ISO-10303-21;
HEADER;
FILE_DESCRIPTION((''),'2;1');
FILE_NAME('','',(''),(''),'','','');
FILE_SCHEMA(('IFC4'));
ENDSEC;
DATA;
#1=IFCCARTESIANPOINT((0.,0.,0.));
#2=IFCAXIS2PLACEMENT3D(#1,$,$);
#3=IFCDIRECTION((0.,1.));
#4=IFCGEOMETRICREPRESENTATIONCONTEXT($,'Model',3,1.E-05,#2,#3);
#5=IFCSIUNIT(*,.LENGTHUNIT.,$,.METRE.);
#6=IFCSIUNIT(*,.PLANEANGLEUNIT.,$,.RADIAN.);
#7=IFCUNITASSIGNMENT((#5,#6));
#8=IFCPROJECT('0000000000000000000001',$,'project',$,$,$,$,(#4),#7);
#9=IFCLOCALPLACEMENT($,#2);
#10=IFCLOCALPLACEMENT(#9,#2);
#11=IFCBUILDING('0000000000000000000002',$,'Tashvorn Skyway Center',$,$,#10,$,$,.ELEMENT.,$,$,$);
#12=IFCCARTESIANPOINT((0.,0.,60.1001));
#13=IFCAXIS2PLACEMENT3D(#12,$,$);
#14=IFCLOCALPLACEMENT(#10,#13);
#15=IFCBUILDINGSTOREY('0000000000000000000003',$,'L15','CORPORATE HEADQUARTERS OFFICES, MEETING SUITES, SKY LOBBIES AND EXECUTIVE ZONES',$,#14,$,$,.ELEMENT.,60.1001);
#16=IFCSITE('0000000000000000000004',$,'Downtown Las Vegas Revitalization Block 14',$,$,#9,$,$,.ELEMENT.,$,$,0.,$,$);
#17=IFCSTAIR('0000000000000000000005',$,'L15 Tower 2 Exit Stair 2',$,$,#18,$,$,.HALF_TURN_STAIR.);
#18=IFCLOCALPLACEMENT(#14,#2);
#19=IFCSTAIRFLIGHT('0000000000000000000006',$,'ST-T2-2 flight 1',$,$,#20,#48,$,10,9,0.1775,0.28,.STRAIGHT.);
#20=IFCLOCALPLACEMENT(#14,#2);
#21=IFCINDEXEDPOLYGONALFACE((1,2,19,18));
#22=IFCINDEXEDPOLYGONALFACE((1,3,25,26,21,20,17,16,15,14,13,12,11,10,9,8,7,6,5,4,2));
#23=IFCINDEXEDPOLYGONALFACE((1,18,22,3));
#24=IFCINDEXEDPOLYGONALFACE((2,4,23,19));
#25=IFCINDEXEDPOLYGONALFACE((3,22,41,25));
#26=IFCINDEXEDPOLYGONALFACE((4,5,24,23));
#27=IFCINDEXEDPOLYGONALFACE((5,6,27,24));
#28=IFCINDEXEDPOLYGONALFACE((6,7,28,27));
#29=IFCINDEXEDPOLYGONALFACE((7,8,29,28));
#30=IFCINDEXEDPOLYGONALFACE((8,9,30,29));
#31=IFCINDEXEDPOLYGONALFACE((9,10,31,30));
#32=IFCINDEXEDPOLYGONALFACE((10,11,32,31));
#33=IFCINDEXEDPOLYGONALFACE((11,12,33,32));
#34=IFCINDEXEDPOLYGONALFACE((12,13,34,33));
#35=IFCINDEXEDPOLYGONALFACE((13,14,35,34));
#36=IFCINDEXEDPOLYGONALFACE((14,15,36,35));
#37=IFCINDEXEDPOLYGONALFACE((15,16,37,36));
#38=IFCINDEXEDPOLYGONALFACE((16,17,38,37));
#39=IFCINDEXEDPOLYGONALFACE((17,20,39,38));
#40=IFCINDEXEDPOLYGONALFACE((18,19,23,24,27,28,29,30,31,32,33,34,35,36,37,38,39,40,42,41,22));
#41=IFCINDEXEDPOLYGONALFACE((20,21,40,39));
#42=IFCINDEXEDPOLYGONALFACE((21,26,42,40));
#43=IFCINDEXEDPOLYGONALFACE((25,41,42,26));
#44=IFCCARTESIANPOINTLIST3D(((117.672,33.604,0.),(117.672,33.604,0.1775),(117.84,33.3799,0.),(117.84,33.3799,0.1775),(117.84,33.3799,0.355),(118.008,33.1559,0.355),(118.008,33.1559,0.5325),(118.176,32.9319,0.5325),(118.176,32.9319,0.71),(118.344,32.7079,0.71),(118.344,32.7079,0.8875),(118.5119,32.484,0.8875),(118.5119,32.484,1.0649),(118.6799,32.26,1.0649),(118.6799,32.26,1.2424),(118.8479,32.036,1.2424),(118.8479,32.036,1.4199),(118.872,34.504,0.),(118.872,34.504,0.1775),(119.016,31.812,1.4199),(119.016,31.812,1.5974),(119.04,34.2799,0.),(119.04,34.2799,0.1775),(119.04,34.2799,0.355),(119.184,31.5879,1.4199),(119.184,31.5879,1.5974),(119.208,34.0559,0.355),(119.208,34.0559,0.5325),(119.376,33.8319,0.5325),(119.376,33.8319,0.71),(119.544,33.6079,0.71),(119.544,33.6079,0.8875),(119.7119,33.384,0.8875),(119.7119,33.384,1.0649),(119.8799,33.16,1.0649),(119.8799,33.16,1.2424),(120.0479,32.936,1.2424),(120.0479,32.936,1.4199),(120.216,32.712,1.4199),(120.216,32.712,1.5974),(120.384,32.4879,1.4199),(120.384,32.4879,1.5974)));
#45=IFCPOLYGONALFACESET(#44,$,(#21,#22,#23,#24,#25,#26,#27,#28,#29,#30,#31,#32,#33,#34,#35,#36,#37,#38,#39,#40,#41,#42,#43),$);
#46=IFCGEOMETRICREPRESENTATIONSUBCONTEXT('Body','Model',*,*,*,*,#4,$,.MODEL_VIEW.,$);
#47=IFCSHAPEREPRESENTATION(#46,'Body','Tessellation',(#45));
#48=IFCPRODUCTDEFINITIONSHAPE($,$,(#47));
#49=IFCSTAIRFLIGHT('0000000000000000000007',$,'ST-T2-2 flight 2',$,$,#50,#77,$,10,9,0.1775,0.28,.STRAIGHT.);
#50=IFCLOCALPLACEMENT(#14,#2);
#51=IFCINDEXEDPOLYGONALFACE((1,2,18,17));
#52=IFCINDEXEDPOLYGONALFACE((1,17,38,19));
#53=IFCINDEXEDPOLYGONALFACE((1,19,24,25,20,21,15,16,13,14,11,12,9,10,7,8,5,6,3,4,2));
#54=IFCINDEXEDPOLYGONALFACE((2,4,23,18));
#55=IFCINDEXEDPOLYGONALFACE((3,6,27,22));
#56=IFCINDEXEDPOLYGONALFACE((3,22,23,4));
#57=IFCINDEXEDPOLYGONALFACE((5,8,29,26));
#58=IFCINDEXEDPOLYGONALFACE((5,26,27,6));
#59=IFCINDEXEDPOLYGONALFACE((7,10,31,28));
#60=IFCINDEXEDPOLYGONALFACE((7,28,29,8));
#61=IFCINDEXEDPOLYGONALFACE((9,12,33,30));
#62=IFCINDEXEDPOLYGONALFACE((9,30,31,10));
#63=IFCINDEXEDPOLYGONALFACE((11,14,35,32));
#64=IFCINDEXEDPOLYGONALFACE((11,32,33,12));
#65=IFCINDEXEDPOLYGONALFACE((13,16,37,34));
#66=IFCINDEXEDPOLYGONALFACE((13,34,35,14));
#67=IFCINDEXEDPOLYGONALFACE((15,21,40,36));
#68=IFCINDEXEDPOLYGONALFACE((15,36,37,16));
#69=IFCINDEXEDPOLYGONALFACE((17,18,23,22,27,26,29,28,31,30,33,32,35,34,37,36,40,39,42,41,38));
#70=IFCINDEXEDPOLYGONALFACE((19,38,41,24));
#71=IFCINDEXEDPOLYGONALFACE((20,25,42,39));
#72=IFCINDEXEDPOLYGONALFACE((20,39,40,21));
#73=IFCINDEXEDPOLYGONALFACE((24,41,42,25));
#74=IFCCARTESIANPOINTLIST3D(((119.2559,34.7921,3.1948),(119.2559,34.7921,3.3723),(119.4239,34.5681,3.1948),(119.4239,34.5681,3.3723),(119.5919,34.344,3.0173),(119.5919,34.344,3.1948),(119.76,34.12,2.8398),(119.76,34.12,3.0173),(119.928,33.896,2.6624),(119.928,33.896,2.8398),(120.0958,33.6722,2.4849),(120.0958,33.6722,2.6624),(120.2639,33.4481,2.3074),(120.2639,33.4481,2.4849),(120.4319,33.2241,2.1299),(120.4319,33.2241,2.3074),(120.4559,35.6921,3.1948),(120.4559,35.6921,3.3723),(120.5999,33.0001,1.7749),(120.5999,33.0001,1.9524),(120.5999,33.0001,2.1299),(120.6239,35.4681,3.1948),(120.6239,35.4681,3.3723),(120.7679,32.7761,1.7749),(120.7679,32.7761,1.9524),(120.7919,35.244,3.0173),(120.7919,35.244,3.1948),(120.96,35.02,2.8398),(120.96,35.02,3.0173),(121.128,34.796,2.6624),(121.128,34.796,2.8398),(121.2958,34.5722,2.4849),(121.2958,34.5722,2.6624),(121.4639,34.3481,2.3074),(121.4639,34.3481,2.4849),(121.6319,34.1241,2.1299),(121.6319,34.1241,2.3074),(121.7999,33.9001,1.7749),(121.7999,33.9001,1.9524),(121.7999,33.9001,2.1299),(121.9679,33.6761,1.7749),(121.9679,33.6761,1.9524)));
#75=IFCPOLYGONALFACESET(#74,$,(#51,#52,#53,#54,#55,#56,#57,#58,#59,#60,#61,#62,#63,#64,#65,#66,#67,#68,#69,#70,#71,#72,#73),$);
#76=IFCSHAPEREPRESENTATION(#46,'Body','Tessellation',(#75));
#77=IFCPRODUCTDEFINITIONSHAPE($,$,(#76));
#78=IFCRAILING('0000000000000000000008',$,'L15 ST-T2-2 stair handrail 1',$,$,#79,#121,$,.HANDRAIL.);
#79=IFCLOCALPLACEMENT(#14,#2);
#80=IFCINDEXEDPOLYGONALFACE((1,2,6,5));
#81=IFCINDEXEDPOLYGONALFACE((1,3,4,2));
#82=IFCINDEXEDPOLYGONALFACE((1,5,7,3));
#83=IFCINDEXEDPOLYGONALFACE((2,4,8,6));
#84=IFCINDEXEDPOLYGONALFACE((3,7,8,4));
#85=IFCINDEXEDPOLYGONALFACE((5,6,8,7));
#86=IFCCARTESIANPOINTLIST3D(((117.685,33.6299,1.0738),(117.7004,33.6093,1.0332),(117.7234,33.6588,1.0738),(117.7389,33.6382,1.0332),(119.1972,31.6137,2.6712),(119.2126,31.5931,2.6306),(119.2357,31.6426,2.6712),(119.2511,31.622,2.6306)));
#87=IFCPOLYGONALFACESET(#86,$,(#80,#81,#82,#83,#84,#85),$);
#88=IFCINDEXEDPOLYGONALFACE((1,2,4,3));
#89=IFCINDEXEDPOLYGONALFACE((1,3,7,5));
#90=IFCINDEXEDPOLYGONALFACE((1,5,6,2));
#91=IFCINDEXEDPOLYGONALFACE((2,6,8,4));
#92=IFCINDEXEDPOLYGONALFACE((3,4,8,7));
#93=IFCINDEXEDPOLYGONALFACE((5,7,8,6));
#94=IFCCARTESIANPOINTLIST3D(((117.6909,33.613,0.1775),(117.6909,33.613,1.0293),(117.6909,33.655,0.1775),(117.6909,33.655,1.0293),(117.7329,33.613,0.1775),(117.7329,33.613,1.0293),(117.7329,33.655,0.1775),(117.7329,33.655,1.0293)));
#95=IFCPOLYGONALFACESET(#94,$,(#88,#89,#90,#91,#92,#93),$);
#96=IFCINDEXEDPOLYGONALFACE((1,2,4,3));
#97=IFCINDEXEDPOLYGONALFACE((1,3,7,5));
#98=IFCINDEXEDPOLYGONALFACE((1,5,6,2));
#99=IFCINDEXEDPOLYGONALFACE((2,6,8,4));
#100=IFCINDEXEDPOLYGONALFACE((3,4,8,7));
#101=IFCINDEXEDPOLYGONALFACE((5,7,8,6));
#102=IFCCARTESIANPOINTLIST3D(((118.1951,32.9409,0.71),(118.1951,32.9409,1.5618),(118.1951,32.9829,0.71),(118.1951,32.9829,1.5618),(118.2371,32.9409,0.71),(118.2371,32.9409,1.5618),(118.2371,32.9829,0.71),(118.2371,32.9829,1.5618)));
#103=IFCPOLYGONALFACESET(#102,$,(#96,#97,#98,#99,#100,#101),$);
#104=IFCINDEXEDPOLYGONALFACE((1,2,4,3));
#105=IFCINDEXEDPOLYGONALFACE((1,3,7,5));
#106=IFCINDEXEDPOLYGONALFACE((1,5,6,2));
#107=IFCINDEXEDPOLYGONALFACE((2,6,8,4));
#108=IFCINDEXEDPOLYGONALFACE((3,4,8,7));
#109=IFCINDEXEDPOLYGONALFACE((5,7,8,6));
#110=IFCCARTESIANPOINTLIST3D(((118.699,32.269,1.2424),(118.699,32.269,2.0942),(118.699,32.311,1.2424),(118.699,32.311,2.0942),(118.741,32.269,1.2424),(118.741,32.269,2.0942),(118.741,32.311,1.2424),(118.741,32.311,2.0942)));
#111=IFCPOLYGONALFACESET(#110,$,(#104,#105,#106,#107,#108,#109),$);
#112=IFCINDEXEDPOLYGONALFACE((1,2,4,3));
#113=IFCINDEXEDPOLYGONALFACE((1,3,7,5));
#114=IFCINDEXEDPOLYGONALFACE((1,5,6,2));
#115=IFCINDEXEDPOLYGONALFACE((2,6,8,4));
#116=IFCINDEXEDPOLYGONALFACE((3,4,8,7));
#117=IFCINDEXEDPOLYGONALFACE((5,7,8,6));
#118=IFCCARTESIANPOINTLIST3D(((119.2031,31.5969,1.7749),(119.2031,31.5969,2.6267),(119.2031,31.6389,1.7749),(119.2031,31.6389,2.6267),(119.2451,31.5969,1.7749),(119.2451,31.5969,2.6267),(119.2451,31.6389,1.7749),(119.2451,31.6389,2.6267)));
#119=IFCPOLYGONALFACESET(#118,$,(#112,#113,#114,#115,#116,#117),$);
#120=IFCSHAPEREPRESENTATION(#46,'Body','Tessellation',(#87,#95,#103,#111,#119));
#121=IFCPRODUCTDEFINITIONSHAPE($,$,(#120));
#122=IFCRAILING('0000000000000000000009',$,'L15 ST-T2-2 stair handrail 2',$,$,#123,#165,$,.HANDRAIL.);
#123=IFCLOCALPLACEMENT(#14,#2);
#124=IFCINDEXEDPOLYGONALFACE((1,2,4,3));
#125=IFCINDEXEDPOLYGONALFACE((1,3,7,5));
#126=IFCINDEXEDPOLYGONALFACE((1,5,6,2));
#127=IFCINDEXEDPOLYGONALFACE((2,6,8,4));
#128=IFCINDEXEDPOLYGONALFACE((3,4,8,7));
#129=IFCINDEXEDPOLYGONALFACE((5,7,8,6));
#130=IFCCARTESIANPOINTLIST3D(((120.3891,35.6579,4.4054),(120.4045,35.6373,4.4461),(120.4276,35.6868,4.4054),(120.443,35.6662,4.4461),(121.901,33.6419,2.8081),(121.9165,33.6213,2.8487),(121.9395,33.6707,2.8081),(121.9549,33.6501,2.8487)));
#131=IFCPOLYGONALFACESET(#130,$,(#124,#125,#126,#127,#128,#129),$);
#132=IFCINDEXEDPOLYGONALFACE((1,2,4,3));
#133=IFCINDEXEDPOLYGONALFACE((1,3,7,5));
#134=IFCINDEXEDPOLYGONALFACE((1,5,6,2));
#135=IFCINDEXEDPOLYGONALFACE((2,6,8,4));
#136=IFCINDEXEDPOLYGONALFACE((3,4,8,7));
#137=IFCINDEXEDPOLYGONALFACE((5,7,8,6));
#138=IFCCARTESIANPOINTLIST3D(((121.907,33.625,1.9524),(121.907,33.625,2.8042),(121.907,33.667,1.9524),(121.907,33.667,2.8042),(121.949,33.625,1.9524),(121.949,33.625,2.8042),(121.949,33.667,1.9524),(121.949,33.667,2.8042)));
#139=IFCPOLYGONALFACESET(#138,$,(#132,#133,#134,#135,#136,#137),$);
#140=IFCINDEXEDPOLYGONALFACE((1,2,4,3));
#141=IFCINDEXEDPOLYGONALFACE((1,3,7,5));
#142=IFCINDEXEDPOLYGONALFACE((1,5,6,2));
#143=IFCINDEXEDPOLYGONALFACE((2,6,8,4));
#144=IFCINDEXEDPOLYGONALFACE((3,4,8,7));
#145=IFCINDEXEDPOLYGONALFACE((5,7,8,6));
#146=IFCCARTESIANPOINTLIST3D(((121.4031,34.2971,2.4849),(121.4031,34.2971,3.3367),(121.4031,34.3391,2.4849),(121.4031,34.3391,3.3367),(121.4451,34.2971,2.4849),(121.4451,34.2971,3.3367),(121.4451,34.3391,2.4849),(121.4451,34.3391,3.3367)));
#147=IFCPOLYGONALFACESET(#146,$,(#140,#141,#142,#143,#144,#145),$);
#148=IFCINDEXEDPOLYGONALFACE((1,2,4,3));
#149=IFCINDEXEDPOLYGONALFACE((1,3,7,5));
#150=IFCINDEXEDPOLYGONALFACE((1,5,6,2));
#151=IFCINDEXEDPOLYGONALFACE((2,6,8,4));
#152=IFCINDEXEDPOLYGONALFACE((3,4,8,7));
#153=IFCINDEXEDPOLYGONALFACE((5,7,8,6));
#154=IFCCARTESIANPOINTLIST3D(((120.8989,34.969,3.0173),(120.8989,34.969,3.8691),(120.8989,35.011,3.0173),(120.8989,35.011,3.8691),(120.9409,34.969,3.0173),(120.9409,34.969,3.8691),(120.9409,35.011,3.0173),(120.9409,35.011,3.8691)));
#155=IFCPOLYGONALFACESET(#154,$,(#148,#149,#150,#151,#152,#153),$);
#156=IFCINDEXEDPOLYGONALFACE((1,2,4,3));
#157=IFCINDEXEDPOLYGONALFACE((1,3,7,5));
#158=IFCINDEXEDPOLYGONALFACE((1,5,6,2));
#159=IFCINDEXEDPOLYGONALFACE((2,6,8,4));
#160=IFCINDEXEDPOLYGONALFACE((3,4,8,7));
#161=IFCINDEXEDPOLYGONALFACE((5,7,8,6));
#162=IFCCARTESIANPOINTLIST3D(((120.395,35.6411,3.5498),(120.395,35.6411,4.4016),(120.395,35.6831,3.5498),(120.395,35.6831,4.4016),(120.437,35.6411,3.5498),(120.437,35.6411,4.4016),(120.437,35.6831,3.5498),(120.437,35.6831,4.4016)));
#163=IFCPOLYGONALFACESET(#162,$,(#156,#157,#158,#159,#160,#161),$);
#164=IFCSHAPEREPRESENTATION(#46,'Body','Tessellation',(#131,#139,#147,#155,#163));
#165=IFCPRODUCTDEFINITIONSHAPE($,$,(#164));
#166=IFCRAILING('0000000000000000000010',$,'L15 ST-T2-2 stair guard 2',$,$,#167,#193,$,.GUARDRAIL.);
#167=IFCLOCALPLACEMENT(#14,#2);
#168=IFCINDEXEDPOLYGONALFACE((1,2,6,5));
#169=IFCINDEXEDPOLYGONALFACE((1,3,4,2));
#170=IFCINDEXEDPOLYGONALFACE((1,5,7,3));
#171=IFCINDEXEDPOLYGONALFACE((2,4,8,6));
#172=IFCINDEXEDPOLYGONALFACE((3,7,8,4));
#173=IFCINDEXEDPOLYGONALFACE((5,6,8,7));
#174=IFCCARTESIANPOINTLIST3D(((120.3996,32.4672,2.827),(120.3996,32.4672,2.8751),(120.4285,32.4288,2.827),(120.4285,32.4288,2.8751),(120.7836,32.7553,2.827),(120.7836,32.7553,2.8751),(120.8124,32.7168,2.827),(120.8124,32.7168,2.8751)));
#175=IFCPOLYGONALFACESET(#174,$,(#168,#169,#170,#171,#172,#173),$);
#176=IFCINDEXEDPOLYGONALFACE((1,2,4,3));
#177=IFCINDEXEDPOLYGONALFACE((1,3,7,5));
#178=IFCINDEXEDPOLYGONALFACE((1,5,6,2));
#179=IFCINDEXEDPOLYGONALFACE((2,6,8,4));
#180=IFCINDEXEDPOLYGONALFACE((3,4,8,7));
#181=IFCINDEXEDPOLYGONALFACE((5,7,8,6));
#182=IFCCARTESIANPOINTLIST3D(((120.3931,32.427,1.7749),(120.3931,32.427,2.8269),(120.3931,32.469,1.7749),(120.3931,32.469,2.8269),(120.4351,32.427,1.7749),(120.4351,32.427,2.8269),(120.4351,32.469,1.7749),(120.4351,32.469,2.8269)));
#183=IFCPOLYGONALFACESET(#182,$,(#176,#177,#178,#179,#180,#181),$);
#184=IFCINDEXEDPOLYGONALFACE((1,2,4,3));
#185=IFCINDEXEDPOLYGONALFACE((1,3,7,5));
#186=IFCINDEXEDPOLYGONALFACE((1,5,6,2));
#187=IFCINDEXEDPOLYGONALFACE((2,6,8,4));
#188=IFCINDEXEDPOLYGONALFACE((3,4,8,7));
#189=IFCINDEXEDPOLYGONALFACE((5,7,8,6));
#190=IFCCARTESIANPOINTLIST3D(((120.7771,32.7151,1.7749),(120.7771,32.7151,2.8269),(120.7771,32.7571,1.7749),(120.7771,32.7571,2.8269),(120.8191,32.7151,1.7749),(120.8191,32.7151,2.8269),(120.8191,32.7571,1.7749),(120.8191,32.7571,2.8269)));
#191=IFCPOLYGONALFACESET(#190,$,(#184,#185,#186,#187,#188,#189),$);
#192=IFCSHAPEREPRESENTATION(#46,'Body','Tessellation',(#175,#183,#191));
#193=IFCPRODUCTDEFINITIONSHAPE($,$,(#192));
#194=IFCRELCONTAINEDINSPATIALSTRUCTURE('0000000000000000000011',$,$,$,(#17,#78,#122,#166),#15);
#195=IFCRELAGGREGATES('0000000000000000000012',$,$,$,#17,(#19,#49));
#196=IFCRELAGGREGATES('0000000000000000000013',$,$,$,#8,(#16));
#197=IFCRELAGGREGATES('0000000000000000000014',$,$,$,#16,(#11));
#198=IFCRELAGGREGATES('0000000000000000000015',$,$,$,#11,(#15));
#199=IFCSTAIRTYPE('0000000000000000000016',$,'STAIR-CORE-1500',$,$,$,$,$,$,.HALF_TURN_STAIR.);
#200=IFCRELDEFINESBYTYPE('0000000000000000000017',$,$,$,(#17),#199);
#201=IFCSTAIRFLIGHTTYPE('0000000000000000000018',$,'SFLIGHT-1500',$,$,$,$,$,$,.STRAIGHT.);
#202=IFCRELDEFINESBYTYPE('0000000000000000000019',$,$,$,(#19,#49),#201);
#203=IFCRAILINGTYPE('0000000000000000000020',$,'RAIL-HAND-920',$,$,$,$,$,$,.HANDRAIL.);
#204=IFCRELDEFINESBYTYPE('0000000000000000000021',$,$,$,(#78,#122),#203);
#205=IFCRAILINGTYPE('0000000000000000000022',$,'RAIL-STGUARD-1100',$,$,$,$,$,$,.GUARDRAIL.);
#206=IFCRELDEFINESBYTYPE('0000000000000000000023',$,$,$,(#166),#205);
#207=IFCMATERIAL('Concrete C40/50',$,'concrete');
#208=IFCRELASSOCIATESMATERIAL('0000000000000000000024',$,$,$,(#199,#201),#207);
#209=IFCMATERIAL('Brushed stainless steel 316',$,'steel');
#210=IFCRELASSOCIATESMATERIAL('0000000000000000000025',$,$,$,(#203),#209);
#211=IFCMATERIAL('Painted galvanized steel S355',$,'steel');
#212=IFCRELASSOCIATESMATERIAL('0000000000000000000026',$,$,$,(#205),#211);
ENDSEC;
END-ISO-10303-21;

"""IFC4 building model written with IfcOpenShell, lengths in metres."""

from ifc_helpers import new_model, si_unit, direction, frame, origin, origin_2d, place, context, subcontext, project, spatial, polyline, rectangle, outline, extrude, material, type_object, element, aggregate, save


model = new_model("IFC4")

# Units and contexts
model_context = context("Model", 3, precision=1e-05, world=origin(), true_north=direction((0.0, 1.0)))
body_context = subcontext(model_context, "Body", "Model", "MODEL_VIEW")
ifc_project = project(units=[si_unit("LENGTHUNIT", "METRE"), si_unit("PLANEANGLEUNIT", "RADIAN")], contexts=[model_context])

# Site, building, storey
site_placement = place(None, origin())
site = spatial("IfcSite", under=ifc_project, at=site_placement, Name="Downtown Las Vegas Revitalization Block 14", CompositionType="ELEMENT", RefElevation=0.0)
building_placement = place(site_placement, origin())
building = spatial("IfcBuilding", under=site, at=building_placement, Name="Tashvorn Skyway Center", CompositionType="ELEMENT")
storey_placement = place(building_placement, frame((0.0, 0.0, 60.1001)))
storey = spatial("IfcBuildingStorey", under=building, at=storey_placement, Name="L15", Description="CORPORATE HEADQUARTERS OFFICES, MEETING SUITES, SKY LOBBIES AND EXECUTIVE ZONES", CompositionType="ELEMENT", Elevation=60.1001)

# Shared definitions
ifc_material_1 = material(Name="Concrete C40/50", Category="concrete")

# Stair, stair flights
stair_type = type_object("IfcStairType", Name="STAIR-CORE-1500", PredefinedType="HALF_TURN_STAIR", material=ifc_material_1)
stair_placement = place(storey_placement, origin())
stair = element("IfcStair", 1, at=stair_placement, inside=storey, type_object=stair_type, Name="L15 Tower 2 Exit Stair 2", PredefinedType="HALF_TURN_STAIR")
stair_flight_type = type_object("IfcStairFlightType", Name="SFLIGHT-1500", PredefinedType="STRAIGHT", material=ifc_material_1)
stair_flight_1_placement = place(storey_placement, frame((118.272, 34.054, 0.0), z_axis=(0.0, 0.0, 1.0), x_axis=(0.6, -0.8, 0.0)))
stair_flight_1 = element("IfcStairFlight", 2, at=stair_flight_1_placement, type_object=stair_flight_type, Name="ST-T2-2 flight 1", NumberOfRisers=10, NumberOfTreads=9, PredefinedType="STRAIGHT", RiserHeight=0.1775, TreadLength=0.28, context=body_context, shape_type="SweptSolid", body=[
    extrude(outline(polyline([(0.0, 0.0), (0.0, 0.1775), (0.28, 0.1775), (0.28, 0.355), (0.5601, 0.355), (0.5601, 0.5325), (0.8401, 0.5325), (0.8401, 0.71), (1.1201, 0.71), (1.1201, 0.8875), (1.3999, 0.8875), (1.3999, 1.0649), (1.6799, 1.0649), (1.6799, 1.2424), (1.96, 1.2424), (1.96, 1.4199), (2.24, 1.4199), (2.24, 1.5974), (2.52, 1.5974), (2.52, 1.7749), (2.52, 1.4199), (0.28, 0.0), (0.0, 0.0)])), frame((0.0, 0.75, 0.0), z_axis=(0.0, -1.0, 0.0), x_axis=(1.0, 0.0, 0.0)), (0.0, 0.0, 1.0), 1.5),
])
stair_flight_2_placement = place(storey_placement, frame((121.3679, 33.2261, 1.7749), z_axis=(0.0, 0.0, 1.0), x_axis=(-0.6, 0.8, 0.0)))
stair_flight_2 = element("IfcStairFlight", 3, at=stair_flight_2_placement, type_object=stair_flight_type, Name="ST-T2-2 flight 2", NumberOfRisers=10, NumberOfTreads=9, PredefinedType="STRAIGHT", RiserHeight=0.1775, TreadLength=0.28, context=body_context, shape_type="SweptSolid", body=[
    extrude(outline(polyline([(0.0, 0.0), (0.0, 0.1775), (0.28, 0.1775), (0.28, 0.355), (0.5601, 0.355), (0.5601, 0.5325), (0.8401, 0.5325), (0.8401, 0.71), (1.1201, 0.71), (1.1201, 0.8875), (1.3999, 0.8875), (1.3999, 1.0649), (1.6799, 1.0649), (1.6799, 1.2424), (1.96, 1.2424), (1.96, 1.4199), (2.24, 1.4199), (2.24, 1.5974), (2.52, 1.5974), (2.52, 1.7749), (2.52, 1.4199), (0.28, 0.0), (0.0, 0.0)])), frame((0.0, 0.75, 0.0), z_axis=(0.0, -1.0, 0.0), x_axis=(1.0, 0.0, 0.0)), (0.0, 0.0, 1.0), 1.5),
])
aggregate(stair, [stair_flight_1, stair_flight_2])

# Railings
ifc_material_2 = material(Name="Brushed stainless steel 316", Category="steel")
railing_type_1 = type_object("IfcRailingType", Name="RAIL-HAND-920", PredefinedType="HANDRAIL", material=ifc_material_2)
railing_1_placement = place(storey_placement, frame((117.7119, 33.634, 0.1775)))
element("IfcRailing", 4, at=railing_1_placement, inside=storey, type_object=railing_type_1, Name="L15 ST-T2-2 stair handrail 1", PredefinedType="HANDRAIL", context=body_context, shape_type="SweptSolid", body=[
    extrude(rectangle(XDim=0.0481, YDim=0.0481, at=origin_2d()), frame((0.0, 0.0, 0.876), z_axis=(0.506802, -0.675681, 0.535357), x_axis=(0.799977, 0.600031, 0.0)), (0.0, 0.0, 1.0), 2.9839),
    extrude(rectangle(XDim=0.042, YDim=0.042, at=origin_2d()), origin(), (0.0, 0.0, 1.0), 0.8518),
    extrude(rectangle(XDim=0.042, YDim=0.042, at=origin_2d()), frame((0.5042, -0.6721, 0.5325)), (0.0, 0.0, 1.0), 0.8518),
    extrude(rectangle(XDim=0.042, YDim=0.042, at=origin_2d()), frame((1.0081, -1.344, 1.0649)), (0.0, 0.0, 1.0), 0.8518),
    extrude(rectangle(XDim=0.042, YDim=0.042, at=origin_2d()), frame((1.5122, -2.0161, 1.5974)), (0.0, 0.0, 1.0), 0.8518),
])
railing_2_placement = place(storey_placement, frame((121.928, 33.646, 1.9524)))
element("IfcRailing", 5, at=railing_2_placement, inside=storey, type_object=railing_type_1, Name="L15 ST-T2-2 stair handrail 2", PredefinedType="HANDRAIL", context=body_context, shape_type="SweptSolid", body=[
    extrude(rectangle(XDim=0.0481, YDim=0.0481, at=origin_2d()), frame((0.0, 0.0, 0.876), z_axis=(-0.506741, 0.675709, 0.535379), x_axis=(-0.800023, -0.599969, 0.0)), (0.0, 0.0, 1.0), 2.9836),
    extrude(rectangle(XDim=0.042, YDim=0.042, at=origin_2d()), origin(), (0.0, 0.0, 1.0), 0.8518),
    extrude(rectangle(XDim=0.042, YDim=0.042, at=origin_2d()), frame((-0.5039, 0.6721, 0.5325)), (0.0, 0.0, 1.0), 0.8518),
    extrude(rectangle(XDim=0.042, YDim=0.042, at=origin_2d()), frame((-1.0081, 1.344, 1.0649)), (0.0, 0.0, 1.0), 0.8518),
    extrude(rectangle(XDim=0.042, YDim=0.042, at=origin_2d()), frame((-1.512, 2.0161, 1.5974)), (0.0, 0.0, 1.0), 0.8518),
])
ifc_material_3 = material(Name="Painted galvanized steel S355", Category="steel")
railing_type_2 = type_object("IfcRailingType", Name="RAIL-STGUARD-1100", PredefinedType="GUARDRAIL", material=ifc_material_3)
railing_3_placement = place(storey_placement, frame((120.4141, 32.448, 1.7749)))
element("IfcRailing", 6, at=railing_3_placement, inside=storey, type_object=railing_type_2, Name="L15 ST-T2-2 stair guard 2", PredefinedType="GUARDRAIL", context=body_context, shape_type="SweptSolid", body=[
    extrude(rectangle(XDim=0.0481, YDim=0.0481, at=origin_2d()), frame((0.0, 0.0, 1.0762), z_axis=(0.799939, 0.600081, 0.0), x_axis=(-0.600081, 0.799939, 0.0)), (0.0, 0.0, 1.0), 0.48),
    extrude(rectangle(XDim=0.042, YDim=0.042, at=origin_2d()), origin(), (0.0, 0.0, 1.0), 1.052),
    extrude(rectangle(XDim=0.042, YDim=0.042, at=origin_2d()), frame((0.384, 0.2881, 0.0)), (0.0, 0.0, 1.0), 1.052),
])

save(model, "model.ifc")
